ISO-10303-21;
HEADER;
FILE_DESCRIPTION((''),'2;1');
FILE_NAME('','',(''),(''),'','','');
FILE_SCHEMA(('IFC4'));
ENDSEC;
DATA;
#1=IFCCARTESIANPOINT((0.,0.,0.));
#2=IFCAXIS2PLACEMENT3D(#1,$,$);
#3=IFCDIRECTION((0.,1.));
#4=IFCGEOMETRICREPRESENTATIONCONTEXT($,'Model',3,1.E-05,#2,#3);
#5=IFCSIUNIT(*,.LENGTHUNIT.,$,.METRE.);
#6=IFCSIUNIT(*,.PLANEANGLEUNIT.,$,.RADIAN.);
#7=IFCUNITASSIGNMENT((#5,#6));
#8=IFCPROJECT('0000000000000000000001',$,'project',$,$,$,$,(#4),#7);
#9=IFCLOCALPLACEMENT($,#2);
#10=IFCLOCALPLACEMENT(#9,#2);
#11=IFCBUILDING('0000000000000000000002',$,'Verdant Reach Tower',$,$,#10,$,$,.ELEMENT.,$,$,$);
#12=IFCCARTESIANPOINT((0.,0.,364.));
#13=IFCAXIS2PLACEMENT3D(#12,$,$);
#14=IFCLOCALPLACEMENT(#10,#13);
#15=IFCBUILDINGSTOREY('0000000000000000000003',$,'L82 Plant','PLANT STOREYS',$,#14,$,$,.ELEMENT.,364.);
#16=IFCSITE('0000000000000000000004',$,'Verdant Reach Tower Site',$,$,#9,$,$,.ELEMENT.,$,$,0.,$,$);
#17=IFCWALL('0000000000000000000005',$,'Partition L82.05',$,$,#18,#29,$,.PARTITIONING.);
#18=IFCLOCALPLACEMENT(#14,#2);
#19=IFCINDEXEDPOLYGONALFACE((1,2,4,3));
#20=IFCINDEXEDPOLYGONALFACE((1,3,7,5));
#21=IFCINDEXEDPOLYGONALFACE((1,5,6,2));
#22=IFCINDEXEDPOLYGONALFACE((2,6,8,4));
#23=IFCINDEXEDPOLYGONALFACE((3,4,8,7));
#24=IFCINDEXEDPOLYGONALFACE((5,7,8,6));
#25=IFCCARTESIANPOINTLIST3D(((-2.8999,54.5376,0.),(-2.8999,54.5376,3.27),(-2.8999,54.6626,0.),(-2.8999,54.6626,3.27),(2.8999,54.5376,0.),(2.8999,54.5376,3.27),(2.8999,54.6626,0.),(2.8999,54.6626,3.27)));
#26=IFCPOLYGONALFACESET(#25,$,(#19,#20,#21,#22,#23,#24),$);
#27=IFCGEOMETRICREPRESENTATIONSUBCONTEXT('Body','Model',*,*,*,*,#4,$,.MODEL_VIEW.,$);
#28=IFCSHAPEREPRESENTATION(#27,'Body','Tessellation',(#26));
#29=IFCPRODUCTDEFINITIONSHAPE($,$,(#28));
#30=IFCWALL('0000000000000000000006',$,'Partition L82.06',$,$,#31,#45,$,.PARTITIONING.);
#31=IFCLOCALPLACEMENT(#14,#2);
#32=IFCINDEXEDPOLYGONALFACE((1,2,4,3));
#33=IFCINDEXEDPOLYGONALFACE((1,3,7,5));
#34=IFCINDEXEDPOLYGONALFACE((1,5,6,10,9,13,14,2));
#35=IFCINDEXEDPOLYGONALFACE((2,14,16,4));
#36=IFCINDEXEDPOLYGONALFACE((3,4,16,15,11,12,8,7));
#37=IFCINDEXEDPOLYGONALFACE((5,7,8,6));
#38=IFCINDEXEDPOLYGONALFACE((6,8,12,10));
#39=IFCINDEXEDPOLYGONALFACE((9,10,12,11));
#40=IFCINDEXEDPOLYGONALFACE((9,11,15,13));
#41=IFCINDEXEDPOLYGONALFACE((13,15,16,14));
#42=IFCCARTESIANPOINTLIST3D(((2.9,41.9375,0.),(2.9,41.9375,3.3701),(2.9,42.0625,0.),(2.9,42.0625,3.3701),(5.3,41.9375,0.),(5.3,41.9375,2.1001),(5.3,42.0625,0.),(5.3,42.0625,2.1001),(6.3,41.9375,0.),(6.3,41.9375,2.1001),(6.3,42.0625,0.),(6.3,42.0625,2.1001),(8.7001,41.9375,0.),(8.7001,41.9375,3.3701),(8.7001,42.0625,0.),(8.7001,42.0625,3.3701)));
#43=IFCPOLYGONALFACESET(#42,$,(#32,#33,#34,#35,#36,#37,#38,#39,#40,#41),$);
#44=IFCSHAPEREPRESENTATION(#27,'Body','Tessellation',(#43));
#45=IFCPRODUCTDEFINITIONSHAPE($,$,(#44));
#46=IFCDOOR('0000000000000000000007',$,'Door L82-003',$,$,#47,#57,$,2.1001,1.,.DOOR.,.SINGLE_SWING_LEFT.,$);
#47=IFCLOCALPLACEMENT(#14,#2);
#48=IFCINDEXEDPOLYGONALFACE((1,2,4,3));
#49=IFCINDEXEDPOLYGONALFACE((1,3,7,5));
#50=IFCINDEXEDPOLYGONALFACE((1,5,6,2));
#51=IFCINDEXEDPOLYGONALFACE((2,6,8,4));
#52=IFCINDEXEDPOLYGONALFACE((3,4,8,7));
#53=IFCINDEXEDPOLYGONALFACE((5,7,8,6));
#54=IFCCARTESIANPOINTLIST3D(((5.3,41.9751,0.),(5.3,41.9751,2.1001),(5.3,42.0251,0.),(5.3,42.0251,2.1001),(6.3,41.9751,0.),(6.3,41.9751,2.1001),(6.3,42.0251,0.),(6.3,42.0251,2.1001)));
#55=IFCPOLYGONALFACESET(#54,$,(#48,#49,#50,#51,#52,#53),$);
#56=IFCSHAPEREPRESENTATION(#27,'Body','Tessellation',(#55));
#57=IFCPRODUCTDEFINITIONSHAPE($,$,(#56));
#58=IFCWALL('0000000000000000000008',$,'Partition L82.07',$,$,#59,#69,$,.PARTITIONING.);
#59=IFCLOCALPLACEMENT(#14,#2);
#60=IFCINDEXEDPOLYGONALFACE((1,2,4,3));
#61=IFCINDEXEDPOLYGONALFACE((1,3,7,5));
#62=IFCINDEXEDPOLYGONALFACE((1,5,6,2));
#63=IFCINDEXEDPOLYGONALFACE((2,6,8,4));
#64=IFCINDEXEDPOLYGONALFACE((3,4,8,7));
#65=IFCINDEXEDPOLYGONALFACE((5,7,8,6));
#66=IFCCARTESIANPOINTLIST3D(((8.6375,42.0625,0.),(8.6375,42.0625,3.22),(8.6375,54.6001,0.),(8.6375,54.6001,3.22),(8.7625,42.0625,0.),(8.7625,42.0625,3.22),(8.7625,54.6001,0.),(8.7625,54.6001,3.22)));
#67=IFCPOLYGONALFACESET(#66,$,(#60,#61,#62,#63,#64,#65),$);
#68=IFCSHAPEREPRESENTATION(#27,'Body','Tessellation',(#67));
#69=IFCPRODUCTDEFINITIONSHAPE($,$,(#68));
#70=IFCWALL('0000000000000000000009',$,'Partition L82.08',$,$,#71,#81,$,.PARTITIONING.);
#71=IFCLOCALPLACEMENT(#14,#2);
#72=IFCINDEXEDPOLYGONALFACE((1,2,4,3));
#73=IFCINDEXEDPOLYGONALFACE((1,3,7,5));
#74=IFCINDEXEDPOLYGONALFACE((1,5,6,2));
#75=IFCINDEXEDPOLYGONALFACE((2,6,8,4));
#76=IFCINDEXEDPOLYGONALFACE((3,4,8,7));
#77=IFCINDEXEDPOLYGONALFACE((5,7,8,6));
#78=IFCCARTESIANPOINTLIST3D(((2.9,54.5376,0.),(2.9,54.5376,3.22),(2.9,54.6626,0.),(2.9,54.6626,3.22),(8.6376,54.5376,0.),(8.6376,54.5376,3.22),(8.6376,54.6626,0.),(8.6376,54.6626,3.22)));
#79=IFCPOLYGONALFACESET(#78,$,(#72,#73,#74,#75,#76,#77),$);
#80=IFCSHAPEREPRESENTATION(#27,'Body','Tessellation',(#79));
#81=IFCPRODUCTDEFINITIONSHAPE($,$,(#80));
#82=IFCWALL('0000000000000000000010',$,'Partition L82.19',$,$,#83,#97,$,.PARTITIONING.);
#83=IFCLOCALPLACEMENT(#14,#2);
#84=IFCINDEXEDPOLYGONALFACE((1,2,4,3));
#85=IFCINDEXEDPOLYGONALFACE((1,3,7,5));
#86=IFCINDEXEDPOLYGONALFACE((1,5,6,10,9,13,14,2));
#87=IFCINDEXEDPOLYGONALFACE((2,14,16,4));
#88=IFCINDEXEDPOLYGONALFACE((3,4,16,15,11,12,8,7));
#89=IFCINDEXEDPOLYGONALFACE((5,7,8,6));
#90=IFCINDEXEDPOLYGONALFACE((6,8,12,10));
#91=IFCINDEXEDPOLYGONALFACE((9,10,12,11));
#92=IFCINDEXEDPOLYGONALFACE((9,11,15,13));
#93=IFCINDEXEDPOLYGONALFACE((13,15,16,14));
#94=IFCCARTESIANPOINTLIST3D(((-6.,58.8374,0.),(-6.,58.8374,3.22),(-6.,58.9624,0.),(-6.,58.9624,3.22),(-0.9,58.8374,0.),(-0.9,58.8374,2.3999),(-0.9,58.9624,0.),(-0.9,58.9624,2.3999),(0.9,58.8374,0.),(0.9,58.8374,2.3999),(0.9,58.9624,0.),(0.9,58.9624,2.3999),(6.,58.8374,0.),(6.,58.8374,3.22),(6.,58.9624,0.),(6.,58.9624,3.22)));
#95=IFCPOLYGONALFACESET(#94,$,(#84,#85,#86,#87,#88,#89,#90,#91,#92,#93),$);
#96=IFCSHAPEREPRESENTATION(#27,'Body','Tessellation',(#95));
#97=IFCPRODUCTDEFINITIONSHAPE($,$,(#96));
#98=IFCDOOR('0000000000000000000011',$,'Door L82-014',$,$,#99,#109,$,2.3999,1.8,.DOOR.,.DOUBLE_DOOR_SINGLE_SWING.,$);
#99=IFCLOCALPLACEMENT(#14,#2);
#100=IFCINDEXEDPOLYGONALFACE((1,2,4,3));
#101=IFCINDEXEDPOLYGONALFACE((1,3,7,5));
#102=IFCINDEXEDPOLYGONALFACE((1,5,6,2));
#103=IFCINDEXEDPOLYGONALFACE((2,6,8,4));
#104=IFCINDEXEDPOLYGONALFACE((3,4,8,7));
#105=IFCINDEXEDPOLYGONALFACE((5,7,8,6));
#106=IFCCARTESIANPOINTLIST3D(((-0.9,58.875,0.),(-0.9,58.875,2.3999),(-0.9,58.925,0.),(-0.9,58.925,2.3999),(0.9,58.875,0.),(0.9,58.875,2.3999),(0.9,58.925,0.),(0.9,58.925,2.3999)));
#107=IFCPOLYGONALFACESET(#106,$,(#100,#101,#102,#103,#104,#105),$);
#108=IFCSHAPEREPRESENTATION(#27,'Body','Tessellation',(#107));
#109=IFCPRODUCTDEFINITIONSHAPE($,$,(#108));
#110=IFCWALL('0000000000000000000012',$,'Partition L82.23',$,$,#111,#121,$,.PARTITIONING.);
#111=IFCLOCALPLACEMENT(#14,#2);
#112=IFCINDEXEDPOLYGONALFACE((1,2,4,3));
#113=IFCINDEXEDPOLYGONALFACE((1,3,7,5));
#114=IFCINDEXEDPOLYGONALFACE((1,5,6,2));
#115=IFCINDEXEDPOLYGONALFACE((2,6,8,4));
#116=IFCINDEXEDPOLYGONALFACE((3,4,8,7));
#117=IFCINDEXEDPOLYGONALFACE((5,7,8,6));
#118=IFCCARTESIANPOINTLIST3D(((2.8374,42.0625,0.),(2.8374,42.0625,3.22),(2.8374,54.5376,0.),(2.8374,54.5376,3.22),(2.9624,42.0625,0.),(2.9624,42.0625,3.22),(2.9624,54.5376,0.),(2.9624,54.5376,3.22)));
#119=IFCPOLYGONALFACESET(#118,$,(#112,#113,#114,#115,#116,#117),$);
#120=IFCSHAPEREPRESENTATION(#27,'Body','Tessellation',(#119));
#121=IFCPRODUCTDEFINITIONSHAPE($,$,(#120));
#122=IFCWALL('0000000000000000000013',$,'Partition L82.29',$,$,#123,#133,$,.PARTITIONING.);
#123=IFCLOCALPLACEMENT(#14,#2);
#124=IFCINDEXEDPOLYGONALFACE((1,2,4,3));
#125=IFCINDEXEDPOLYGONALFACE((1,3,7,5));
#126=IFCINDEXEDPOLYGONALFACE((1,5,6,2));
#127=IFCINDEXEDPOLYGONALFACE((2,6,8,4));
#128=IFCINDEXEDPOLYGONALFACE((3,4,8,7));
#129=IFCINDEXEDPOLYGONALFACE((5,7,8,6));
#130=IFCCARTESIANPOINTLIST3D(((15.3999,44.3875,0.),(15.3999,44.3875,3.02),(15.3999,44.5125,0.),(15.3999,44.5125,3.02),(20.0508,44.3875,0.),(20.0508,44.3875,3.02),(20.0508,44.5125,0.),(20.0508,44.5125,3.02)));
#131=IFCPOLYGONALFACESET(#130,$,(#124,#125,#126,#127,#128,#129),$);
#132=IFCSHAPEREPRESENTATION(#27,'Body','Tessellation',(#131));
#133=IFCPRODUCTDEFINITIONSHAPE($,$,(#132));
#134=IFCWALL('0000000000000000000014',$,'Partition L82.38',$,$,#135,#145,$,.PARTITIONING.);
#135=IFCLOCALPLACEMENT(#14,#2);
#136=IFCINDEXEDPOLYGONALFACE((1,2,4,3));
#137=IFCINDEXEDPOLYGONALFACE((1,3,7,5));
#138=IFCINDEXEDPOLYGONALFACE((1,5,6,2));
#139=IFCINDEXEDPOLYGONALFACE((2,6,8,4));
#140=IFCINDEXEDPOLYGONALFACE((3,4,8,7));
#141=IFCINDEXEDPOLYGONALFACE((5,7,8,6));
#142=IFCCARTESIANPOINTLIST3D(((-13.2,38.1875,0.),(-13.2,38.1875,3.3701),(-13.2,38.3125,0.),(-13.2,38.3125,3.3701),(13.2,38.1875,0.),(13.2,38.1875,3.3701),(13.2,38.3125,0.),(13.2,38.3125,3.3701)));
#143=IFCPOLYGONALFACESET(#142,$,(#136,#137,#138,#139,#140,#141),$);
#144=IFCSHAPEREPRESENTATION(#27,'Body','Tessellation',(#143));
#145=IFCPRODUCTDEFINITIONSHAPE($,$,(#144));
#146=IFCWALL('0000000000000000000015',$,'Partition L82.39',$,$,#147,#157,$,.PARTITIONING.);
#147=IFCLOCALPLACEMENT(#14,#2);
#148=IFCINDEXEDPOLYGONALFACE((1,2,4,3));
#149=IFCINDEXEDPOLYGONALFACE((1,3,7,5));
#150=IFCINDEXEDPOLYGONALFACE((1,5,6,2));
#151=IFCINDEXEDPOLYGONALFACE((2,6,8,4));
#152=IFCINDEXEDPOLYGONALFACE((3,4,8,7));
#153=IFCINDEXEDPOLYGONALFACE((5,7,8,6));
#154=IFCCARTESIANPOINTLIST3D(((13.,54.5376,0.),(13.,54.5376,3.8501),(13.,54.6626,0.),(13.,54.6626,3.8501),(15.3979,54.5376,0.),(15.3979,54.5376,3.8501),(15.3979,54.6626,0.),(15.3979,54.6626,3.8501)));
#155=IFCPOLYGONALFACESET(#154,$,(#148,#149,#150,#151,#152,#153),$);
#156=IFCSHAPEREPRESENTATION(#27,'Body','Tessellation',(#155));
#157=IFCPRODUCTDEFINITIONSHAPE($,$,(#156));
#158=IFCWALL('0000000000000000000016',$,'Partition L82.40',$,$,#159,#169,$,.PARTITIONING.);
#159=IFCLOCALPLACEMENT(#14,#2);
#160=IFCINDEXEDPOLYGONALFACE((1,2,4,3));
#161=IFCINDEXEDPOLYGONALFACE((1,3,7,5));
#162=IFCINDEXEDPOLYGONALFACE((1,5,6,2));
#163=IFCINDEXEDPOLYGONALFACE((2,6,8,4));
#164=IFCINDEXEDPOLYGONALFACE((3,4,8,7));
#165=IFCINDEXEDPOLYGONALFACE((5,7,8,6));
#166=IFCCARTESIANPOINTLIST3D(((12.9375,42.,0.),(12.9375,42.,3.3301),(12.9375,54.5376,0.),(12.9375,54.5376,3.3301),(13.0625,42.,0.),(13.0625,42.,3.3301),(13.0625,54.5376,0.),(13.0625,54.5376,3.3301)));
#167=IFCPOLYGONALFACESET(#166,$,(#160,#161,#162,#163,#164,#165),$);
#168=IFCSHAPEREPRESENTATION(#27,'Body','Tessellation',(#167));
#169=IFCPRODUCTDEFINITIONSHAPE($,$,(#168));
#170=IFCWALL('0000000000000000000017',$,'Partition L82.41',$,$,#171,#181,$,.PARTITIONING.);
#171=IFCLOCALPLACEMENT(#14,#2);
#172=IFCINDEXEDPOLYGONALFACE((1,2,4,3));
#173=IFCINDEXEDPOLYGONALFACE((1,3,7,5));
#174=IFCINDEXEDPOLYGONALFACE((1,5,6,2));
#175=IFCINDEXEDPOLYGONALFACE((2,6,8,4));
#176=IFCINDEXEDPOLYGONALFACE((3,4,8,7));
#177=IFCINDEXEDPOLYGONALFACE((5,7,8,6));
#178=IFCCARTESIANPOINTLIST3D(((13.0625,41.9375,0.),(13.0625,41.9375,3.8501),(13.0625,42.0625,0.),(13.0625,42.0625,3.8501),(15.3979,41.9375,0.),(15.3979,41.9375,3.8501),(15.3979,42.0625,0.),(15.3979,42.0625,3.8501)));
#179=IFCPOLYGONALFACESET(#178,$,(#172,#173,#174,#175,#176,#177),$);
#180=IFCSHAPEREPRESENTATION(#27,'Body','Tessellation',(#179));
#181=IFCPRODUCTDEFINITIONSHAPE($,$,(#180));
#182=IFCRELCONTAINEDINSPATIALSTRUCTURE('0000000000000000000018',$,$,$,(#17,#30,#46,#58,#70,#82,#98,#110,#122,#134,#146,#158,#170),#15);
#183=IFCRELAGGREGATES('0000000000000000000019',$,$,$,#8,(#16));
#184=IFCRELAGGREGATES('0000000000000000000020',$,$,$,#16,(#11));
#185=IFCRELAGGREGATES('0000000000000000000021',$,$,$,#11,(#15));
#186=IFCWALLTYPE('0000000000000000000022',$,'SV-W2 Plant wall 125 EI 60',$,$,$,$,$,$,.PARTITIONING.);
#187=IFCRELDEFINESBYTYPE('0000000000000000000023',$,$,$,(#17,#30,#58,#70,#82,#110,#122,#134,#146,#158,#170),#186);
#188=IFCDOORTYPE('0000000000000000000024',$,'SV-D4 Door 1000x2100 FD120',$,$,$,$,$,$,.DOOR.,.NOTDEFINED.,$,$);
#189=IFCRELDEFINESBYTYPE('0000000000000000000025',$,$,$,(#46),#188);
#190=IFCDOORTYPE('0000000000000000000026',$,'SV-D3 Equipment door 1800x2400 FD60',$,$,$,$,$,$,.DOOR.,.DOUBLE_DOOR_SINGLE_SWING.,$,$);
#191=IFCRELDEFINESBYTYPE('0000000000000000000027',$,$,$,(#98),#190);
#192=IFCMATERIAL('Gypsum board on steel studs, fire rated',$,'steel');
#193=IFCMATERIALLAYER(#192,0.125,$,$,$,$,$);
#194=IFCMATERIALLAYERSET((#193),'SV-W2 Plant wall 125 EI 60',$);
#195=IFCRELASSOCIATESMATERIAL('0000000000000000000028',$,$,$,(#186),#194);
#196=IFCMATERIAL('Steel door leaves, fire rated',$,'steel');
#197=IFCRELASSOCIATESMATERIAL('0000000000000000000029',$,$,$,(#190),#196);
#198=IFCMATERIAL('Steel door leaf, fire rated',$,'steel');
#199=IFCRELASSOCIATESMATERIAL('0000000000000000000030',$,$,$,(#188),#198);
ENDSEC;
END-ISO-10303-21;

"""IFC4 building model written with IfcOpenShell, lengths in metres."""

from ifc_helpers import new_model, si_unit, direction, frame, frame_2d, origin, place, context, subcontext, project, spatial, rectangle, extrude, material, layer, layer_set, type_object, element, fill, save


model = new_model("IFC4")

# Units and contexts
model_context = context("Model", 3, precision=1e-05, world=origin(), true_north=direction((0.0, 1.0)))
body_context = subcontext(model_context, "Body", "Model", "MODEL_VIEW")
ifc_project = project(units=[si_unit("LENGTHUNIT", "METRE"), si_unit("PLANEANGLEUNIT", "RADIAN")], contexts=[model_context])

# Site, building, storey
site_placement = place(None, origin())
site = spatial("IfcSite", under=ifc_project, at=site_placement, Name="Verdant Reach Tower Site", CompositionType="ELEMENT", RefElevation=0.0)
building_placement = place(site_placement, origin())
building = spatial("IfcBuilding", under=site, at=building_placement, Name="Verdant Reach Tower", CompositionType="ELEMENT")
storey_placement = place(building_placement, frame((0.0, 0.0, 364.0)))
storey = spatial("IfcBuildingStorey", under=building, at=storey_placement, Name="L82 Plant", Description="PLANT STOREYS", CompositionType="ELEMENT", Elevation=364.0)

# Shared definitions
ifc_material_1 = material(Name="Gypsum board on steel studs, fire rated", Category="steel")
ifc_layer = layer(ifc_material_1, 0.125)
ifc_layer_set = layer_set([ifc_layer], Name="SV-W2 Plant wall 125 EI 60")
wall_type = type_object("IfcWallType", Name="SV-W2 Plant wall 125 EI 60", PredefinedType="PARTITIONING", material=ifc_layer_set)
ifc_material_2 = material(Name="Steel door leaves, fire rated", Category="steel")
door_type_1 = type_object("IfcDoorType", Name="SV-D3 Equipment door 1800x2400 FD60", OperationType="DOUBLE_DOOR_SINGLE_SWING", PredefinedType="DOOR", material=ifc_material_2)

# Wall
wall_1_placement = place(storey_placement, frame((2.8999, 54.6001, 0.0), z_axis=(0.0, 0.0, 1.0), x_axis=(-1.0, 0.0, 0.0)))
element("IfcWall", 1, at=wall_1_placement, inside=storey, type_object=wall_type, Name="Partition L82.05", PredefinedType="PARTITIONING", context=body_context, shape_type="SweptSolid", body=[
    extrude(rectangle(XDim=5.7998, YDim=0.125, at=frame_2d((2.8999, 0.0))), origin(), (0.0, 0.0, 1.0), 3.27),
])

# Wall, opening, door
wall_2_placement = place(storey_placement, frame((8.7, 42.0, 0.0), z_axis=(0.0, 0.0, 1.0), x_axis=(-1.0, 0.0, 0.0)))
wall_2 = element("IfcWall", 2, at=wall_2_placement, inside=storey, type_object=wall_type, Name="Partition L82.06", PredefinedType="PARTITIONING", context=body_context, shape_type="SweptSolid", body=[
    extrude(rectangle(XDim=5.8, YDim=0.125, at=frame_2d((2.8999, 0.0))), origin(), (0.0, 0.0, 1.0), 3.3701),
])
opening_1_placement = place(wall_2_placement, frame((2.3999, 0.0, 0.0)))
opening_1 = element("IfcOpeningElement", 3, at=opening_1_placement, cuts=wall_2, PredefinedType="OPENING", context=body_context, shape_type="SweptSolid", body=[
    extrude(rectangle(XDim=1.0, YDim=2.1001, at=frame_2d((0.5, 1.05))), frame((0.0, 0.0725, 0.0), z_axis=(0.0, -1.0, 0.0), x_axis=(1.0, 0.0, 0.0)), (0.0, 0.0, 1.0), 0.145),
])
ifc_material_3 = material(Name="Steel door leaf, fire rated", Category="steel")
door_type_2 = type_object("IfcDoorType", Name="SV-D4 Door 1000x2100 FD120", OperationType="NOTDEFINED", PredefinedType="DOOR", material=ifc_material_3)
door_1_placement = place(opening_1_placement, origin())
door_1 = element("IfcDoor", 4, at=door_1_placement, inside=storey, type_object=door_type_2, Name="Door L82-003", OperationType="SINGLE_SWING_LEFT", OverallHeight=2.1001, OverallWidth=1.0, PredefinedType="DOOR", context=body_context, shape_type="SweptSolid", body=[
    extrude(rectangle(XDim=1.0, YDim=2.1001, at=frame_2d((0.5, 1.05))), frame((0.0, 0.0249, 0.0), z_axis=(0.0, -1.0, 0.0), x_axis=(1.0, 0.0, 0.0)), (0.0, 0.0, 1.0), 0.05),
])
fill(opening_1, door_1)

# Walls
wall_3_placement = place(storey_placement, frame((8.7, 42.0625, 0.0), z_axis=(0.0, 0.0, 1.0), x_axis=(0.0, 1.0, 0.0)))
element("IfcWall", 5, at=wall_3_placement, inside=storey, type_object=wall_type, Name="Partition L82.07", PredefinedType="PARTITIONING", context=body_context, shape_type="SweptSolid", body=[
    extrude(rectangle(XDim=12.5376, YDim=0.125, at=frame_2d((6.2688, 0.0))), origin(), (0.0, 0.0, 1.0), 3.22),
])
wall_4_placement = place(storey_placement, frame((8.6375, 54.6001, 0.0), z_axis=(0.0, 0.0, 1.0), x_axis=(-1.0, 0.0, 0.0)))
element("IfcWall", 6, at=wall_4_placement, inside=storey, type_object=wall_type, Name="Partition L82.08", PredefinedType="PARTITIONING", context=body_context, shape_type="SweptSolid", body=[
    extrude(rectangle(XDim=5.7375, YDim=0.125, at=frame_2d((2.8687, 0.0))), origin(), (0.0, 0.0, 1.0), 3.22),
])

# Wall, opening, door
wall_5_placement = place(storey_placement, frame((6.0, 58.8999, 0.0), z_axis=(0.0, 0.0, 1.0), x_axis=(-1.0, 0.0, 0.0)))
wall_5 = element("IfcWall", 7, at=wall_5_placement, inside=storey, type_object=wall_type, Name="Partition L82.19", PredefinedType="PARTITIONING", context=body_context, shape_type="SweptSolid", body=[
    extrude(rectangle(XDim=12.0, YDim=0.125, at=frame_2d((6.0, 0.0))), origin(), (0.0, 0.0, 1.0), 3.22),
])
opening_2_placement = place(wall_5_placement, frame((5.1001, 0.0, 0.0)))
opening_2 = element("IfcOpeningElement", 8, at=opening_2_placement, cuts=wall_5, PredefinedType="OPENING", context=body_context, shape_type="SweptSolid", body=[
    extrude(rectangle(XDim=1.8, YDim=2.3999, at=frame_2d((0.8999, 1.2))), frame((0.0, 0.0725, 0.0), z_axis=(0.0, -1.0, 0.0), x_axis=(1.0, 0.0, 0.0)), (0.0, 0.0, 1.0), 0.145),
])
door_2_placement = place(opening_2_placement, origin())
door_2 = element("IfcDoor", 9, at=door_2_placement, inside=storey, type_object=door_type_1, Name="Door L82-014", OperationType="DOUBLE_DOOR_SINGLE_SWING", OverallHeight=2.3999, OverallWidth=1.8, PredefinedType="DOOR", context=body_context, shape_type="SweptSolid", body=[
    extrude(rectangle(XDim=1.8, YDim=2.3999, at=frame_2d((0.8999, 1.2))), frame((0.0, 0.0249, 0.0), z_axis=(0.0, -1.0, 0.0), x_axis=(1.0, 0.0, 0.0)), (0.0, 0.0, 1.0), 0.05),
])
fill(opening_2, door_2)

# Walls
wall_6_placement = place(storey_placement, frame((2.8999, 54.5376, 0.0), z_axis=(0.0, 0.0, 1.0), x_axis=(0.0, -1.0, 0.0)))
element("IfcWall", 10, at=wall_6_placement, inside=storey, type_object=wall_type, Name="Partition L82.23", PredefinedType="PARTITIONING", context=body_context, shape_type="SweptSolid", body=[
    extrude(rectangle(XDim=12.4751, YDim=0.125, at=frame_2d((6.2375, 0.0))), origin(), (0.0, 0.0, 1.0), 3.22),
])
wall_7_placement = place(storey_placement, frame((15.3999, 44.45, 0.0), z_axis=(0.0, 0.0, 1.0), x_axis=(1.0, 0.0, 0.0)))
element("IfcWall", 11, at=wall_7_placement, inside=storey, type_object=wall_type, Name="Partition L82.29", PredefinedType="PARTITIONING", context=body_context, shape_type="SweptSolid", body=[
    extrude(rectangle(XDim=4.6509, YDim=0.125, at=frame_2d((2.3254, 0.0))), origin(), (0.0, 0.0, 1.0), 3.02),
])
wall_8_placement = place(storey_placement, frame((13.2, 38.25, 0.0), z_axis=(0.0, 0.0, 1.0), x_axis=(-1.0, 0.0, 0.0)))
element("IfcWall", 12, at=wall_8_placement, inside=storey, type_object=wall_type, Name="Partition L82.38", PredefinedType="PARTITIONING", context=body_context, shape_type="SweptSolid", body=[
    extrude(rectangle(XDim=26.3999, YDim=0.125, at=frame_2d((13.2, 0.0))), origin(), (0.0, 0.0, 1.0), 3.3701),
])
wall_9_placement = place(storey_placement, frame((15.3979, 54.6001, 0.0), z_axis=(0.0, 0.0, 1.0), x_axis=(-1.0, 0.0, 0.0)))
element("IfcWall", 13, at=wall_9_placement, inside=storey, type_object=wall_type, Name="Partition L82.39", PredefinedType="PARTITIONING", context=body_context, shape_type="SweptSolid", body=[
    extrude(rectangle(XDim=2.3979, YDim=0.125, at=frame_2d((1.199, 0.0))), origin(), (0.0, 0.0, 1.0), 3.8501),
])
wall_10_placement = place(storey_placement, frame((13.0, 54.5376, 0.0), z_axis=(0.0, 0.0, 1.0), x_axis=(0.0, -1.0, 0.0)))
element("IfcWall", 14, at=wall_10_placement, inside=storey, type_object=wall_type, Name="Partition L82.40", PredefinedType="PARTITIONING", context=body_context, shape_type="SweptSolid", body=[
    extrude(rectangle(XDim=12.5376, YDim=0.125, at=frame_2d((6.2688, 0.0))), origin(), (0.0, 0.0, 1.0), 3.3301),
])
wall_11_placement = place(storey_placement, frame((13.0625, 42.0, 0.0), z_axis=(0.0, 0.0, 1.0), x_axis=(1.0, 0.0, 0.0)))
element("IfcWall", 15, at=wall_11_placement, inside=storey, type_object=wall_type, Name="Partition L82.41", PredefinedType="PARTITIONING", context=body_context, shape_type="SweptSolid", body=[
    extrude(rectangle(XDim=2.3354, YDim=0.125, at=frame_2d((1.1677, 0.0))), origin(), (0.0, 0.0, 1.0), 3.8501),
])

save(model, "model.ifc")
